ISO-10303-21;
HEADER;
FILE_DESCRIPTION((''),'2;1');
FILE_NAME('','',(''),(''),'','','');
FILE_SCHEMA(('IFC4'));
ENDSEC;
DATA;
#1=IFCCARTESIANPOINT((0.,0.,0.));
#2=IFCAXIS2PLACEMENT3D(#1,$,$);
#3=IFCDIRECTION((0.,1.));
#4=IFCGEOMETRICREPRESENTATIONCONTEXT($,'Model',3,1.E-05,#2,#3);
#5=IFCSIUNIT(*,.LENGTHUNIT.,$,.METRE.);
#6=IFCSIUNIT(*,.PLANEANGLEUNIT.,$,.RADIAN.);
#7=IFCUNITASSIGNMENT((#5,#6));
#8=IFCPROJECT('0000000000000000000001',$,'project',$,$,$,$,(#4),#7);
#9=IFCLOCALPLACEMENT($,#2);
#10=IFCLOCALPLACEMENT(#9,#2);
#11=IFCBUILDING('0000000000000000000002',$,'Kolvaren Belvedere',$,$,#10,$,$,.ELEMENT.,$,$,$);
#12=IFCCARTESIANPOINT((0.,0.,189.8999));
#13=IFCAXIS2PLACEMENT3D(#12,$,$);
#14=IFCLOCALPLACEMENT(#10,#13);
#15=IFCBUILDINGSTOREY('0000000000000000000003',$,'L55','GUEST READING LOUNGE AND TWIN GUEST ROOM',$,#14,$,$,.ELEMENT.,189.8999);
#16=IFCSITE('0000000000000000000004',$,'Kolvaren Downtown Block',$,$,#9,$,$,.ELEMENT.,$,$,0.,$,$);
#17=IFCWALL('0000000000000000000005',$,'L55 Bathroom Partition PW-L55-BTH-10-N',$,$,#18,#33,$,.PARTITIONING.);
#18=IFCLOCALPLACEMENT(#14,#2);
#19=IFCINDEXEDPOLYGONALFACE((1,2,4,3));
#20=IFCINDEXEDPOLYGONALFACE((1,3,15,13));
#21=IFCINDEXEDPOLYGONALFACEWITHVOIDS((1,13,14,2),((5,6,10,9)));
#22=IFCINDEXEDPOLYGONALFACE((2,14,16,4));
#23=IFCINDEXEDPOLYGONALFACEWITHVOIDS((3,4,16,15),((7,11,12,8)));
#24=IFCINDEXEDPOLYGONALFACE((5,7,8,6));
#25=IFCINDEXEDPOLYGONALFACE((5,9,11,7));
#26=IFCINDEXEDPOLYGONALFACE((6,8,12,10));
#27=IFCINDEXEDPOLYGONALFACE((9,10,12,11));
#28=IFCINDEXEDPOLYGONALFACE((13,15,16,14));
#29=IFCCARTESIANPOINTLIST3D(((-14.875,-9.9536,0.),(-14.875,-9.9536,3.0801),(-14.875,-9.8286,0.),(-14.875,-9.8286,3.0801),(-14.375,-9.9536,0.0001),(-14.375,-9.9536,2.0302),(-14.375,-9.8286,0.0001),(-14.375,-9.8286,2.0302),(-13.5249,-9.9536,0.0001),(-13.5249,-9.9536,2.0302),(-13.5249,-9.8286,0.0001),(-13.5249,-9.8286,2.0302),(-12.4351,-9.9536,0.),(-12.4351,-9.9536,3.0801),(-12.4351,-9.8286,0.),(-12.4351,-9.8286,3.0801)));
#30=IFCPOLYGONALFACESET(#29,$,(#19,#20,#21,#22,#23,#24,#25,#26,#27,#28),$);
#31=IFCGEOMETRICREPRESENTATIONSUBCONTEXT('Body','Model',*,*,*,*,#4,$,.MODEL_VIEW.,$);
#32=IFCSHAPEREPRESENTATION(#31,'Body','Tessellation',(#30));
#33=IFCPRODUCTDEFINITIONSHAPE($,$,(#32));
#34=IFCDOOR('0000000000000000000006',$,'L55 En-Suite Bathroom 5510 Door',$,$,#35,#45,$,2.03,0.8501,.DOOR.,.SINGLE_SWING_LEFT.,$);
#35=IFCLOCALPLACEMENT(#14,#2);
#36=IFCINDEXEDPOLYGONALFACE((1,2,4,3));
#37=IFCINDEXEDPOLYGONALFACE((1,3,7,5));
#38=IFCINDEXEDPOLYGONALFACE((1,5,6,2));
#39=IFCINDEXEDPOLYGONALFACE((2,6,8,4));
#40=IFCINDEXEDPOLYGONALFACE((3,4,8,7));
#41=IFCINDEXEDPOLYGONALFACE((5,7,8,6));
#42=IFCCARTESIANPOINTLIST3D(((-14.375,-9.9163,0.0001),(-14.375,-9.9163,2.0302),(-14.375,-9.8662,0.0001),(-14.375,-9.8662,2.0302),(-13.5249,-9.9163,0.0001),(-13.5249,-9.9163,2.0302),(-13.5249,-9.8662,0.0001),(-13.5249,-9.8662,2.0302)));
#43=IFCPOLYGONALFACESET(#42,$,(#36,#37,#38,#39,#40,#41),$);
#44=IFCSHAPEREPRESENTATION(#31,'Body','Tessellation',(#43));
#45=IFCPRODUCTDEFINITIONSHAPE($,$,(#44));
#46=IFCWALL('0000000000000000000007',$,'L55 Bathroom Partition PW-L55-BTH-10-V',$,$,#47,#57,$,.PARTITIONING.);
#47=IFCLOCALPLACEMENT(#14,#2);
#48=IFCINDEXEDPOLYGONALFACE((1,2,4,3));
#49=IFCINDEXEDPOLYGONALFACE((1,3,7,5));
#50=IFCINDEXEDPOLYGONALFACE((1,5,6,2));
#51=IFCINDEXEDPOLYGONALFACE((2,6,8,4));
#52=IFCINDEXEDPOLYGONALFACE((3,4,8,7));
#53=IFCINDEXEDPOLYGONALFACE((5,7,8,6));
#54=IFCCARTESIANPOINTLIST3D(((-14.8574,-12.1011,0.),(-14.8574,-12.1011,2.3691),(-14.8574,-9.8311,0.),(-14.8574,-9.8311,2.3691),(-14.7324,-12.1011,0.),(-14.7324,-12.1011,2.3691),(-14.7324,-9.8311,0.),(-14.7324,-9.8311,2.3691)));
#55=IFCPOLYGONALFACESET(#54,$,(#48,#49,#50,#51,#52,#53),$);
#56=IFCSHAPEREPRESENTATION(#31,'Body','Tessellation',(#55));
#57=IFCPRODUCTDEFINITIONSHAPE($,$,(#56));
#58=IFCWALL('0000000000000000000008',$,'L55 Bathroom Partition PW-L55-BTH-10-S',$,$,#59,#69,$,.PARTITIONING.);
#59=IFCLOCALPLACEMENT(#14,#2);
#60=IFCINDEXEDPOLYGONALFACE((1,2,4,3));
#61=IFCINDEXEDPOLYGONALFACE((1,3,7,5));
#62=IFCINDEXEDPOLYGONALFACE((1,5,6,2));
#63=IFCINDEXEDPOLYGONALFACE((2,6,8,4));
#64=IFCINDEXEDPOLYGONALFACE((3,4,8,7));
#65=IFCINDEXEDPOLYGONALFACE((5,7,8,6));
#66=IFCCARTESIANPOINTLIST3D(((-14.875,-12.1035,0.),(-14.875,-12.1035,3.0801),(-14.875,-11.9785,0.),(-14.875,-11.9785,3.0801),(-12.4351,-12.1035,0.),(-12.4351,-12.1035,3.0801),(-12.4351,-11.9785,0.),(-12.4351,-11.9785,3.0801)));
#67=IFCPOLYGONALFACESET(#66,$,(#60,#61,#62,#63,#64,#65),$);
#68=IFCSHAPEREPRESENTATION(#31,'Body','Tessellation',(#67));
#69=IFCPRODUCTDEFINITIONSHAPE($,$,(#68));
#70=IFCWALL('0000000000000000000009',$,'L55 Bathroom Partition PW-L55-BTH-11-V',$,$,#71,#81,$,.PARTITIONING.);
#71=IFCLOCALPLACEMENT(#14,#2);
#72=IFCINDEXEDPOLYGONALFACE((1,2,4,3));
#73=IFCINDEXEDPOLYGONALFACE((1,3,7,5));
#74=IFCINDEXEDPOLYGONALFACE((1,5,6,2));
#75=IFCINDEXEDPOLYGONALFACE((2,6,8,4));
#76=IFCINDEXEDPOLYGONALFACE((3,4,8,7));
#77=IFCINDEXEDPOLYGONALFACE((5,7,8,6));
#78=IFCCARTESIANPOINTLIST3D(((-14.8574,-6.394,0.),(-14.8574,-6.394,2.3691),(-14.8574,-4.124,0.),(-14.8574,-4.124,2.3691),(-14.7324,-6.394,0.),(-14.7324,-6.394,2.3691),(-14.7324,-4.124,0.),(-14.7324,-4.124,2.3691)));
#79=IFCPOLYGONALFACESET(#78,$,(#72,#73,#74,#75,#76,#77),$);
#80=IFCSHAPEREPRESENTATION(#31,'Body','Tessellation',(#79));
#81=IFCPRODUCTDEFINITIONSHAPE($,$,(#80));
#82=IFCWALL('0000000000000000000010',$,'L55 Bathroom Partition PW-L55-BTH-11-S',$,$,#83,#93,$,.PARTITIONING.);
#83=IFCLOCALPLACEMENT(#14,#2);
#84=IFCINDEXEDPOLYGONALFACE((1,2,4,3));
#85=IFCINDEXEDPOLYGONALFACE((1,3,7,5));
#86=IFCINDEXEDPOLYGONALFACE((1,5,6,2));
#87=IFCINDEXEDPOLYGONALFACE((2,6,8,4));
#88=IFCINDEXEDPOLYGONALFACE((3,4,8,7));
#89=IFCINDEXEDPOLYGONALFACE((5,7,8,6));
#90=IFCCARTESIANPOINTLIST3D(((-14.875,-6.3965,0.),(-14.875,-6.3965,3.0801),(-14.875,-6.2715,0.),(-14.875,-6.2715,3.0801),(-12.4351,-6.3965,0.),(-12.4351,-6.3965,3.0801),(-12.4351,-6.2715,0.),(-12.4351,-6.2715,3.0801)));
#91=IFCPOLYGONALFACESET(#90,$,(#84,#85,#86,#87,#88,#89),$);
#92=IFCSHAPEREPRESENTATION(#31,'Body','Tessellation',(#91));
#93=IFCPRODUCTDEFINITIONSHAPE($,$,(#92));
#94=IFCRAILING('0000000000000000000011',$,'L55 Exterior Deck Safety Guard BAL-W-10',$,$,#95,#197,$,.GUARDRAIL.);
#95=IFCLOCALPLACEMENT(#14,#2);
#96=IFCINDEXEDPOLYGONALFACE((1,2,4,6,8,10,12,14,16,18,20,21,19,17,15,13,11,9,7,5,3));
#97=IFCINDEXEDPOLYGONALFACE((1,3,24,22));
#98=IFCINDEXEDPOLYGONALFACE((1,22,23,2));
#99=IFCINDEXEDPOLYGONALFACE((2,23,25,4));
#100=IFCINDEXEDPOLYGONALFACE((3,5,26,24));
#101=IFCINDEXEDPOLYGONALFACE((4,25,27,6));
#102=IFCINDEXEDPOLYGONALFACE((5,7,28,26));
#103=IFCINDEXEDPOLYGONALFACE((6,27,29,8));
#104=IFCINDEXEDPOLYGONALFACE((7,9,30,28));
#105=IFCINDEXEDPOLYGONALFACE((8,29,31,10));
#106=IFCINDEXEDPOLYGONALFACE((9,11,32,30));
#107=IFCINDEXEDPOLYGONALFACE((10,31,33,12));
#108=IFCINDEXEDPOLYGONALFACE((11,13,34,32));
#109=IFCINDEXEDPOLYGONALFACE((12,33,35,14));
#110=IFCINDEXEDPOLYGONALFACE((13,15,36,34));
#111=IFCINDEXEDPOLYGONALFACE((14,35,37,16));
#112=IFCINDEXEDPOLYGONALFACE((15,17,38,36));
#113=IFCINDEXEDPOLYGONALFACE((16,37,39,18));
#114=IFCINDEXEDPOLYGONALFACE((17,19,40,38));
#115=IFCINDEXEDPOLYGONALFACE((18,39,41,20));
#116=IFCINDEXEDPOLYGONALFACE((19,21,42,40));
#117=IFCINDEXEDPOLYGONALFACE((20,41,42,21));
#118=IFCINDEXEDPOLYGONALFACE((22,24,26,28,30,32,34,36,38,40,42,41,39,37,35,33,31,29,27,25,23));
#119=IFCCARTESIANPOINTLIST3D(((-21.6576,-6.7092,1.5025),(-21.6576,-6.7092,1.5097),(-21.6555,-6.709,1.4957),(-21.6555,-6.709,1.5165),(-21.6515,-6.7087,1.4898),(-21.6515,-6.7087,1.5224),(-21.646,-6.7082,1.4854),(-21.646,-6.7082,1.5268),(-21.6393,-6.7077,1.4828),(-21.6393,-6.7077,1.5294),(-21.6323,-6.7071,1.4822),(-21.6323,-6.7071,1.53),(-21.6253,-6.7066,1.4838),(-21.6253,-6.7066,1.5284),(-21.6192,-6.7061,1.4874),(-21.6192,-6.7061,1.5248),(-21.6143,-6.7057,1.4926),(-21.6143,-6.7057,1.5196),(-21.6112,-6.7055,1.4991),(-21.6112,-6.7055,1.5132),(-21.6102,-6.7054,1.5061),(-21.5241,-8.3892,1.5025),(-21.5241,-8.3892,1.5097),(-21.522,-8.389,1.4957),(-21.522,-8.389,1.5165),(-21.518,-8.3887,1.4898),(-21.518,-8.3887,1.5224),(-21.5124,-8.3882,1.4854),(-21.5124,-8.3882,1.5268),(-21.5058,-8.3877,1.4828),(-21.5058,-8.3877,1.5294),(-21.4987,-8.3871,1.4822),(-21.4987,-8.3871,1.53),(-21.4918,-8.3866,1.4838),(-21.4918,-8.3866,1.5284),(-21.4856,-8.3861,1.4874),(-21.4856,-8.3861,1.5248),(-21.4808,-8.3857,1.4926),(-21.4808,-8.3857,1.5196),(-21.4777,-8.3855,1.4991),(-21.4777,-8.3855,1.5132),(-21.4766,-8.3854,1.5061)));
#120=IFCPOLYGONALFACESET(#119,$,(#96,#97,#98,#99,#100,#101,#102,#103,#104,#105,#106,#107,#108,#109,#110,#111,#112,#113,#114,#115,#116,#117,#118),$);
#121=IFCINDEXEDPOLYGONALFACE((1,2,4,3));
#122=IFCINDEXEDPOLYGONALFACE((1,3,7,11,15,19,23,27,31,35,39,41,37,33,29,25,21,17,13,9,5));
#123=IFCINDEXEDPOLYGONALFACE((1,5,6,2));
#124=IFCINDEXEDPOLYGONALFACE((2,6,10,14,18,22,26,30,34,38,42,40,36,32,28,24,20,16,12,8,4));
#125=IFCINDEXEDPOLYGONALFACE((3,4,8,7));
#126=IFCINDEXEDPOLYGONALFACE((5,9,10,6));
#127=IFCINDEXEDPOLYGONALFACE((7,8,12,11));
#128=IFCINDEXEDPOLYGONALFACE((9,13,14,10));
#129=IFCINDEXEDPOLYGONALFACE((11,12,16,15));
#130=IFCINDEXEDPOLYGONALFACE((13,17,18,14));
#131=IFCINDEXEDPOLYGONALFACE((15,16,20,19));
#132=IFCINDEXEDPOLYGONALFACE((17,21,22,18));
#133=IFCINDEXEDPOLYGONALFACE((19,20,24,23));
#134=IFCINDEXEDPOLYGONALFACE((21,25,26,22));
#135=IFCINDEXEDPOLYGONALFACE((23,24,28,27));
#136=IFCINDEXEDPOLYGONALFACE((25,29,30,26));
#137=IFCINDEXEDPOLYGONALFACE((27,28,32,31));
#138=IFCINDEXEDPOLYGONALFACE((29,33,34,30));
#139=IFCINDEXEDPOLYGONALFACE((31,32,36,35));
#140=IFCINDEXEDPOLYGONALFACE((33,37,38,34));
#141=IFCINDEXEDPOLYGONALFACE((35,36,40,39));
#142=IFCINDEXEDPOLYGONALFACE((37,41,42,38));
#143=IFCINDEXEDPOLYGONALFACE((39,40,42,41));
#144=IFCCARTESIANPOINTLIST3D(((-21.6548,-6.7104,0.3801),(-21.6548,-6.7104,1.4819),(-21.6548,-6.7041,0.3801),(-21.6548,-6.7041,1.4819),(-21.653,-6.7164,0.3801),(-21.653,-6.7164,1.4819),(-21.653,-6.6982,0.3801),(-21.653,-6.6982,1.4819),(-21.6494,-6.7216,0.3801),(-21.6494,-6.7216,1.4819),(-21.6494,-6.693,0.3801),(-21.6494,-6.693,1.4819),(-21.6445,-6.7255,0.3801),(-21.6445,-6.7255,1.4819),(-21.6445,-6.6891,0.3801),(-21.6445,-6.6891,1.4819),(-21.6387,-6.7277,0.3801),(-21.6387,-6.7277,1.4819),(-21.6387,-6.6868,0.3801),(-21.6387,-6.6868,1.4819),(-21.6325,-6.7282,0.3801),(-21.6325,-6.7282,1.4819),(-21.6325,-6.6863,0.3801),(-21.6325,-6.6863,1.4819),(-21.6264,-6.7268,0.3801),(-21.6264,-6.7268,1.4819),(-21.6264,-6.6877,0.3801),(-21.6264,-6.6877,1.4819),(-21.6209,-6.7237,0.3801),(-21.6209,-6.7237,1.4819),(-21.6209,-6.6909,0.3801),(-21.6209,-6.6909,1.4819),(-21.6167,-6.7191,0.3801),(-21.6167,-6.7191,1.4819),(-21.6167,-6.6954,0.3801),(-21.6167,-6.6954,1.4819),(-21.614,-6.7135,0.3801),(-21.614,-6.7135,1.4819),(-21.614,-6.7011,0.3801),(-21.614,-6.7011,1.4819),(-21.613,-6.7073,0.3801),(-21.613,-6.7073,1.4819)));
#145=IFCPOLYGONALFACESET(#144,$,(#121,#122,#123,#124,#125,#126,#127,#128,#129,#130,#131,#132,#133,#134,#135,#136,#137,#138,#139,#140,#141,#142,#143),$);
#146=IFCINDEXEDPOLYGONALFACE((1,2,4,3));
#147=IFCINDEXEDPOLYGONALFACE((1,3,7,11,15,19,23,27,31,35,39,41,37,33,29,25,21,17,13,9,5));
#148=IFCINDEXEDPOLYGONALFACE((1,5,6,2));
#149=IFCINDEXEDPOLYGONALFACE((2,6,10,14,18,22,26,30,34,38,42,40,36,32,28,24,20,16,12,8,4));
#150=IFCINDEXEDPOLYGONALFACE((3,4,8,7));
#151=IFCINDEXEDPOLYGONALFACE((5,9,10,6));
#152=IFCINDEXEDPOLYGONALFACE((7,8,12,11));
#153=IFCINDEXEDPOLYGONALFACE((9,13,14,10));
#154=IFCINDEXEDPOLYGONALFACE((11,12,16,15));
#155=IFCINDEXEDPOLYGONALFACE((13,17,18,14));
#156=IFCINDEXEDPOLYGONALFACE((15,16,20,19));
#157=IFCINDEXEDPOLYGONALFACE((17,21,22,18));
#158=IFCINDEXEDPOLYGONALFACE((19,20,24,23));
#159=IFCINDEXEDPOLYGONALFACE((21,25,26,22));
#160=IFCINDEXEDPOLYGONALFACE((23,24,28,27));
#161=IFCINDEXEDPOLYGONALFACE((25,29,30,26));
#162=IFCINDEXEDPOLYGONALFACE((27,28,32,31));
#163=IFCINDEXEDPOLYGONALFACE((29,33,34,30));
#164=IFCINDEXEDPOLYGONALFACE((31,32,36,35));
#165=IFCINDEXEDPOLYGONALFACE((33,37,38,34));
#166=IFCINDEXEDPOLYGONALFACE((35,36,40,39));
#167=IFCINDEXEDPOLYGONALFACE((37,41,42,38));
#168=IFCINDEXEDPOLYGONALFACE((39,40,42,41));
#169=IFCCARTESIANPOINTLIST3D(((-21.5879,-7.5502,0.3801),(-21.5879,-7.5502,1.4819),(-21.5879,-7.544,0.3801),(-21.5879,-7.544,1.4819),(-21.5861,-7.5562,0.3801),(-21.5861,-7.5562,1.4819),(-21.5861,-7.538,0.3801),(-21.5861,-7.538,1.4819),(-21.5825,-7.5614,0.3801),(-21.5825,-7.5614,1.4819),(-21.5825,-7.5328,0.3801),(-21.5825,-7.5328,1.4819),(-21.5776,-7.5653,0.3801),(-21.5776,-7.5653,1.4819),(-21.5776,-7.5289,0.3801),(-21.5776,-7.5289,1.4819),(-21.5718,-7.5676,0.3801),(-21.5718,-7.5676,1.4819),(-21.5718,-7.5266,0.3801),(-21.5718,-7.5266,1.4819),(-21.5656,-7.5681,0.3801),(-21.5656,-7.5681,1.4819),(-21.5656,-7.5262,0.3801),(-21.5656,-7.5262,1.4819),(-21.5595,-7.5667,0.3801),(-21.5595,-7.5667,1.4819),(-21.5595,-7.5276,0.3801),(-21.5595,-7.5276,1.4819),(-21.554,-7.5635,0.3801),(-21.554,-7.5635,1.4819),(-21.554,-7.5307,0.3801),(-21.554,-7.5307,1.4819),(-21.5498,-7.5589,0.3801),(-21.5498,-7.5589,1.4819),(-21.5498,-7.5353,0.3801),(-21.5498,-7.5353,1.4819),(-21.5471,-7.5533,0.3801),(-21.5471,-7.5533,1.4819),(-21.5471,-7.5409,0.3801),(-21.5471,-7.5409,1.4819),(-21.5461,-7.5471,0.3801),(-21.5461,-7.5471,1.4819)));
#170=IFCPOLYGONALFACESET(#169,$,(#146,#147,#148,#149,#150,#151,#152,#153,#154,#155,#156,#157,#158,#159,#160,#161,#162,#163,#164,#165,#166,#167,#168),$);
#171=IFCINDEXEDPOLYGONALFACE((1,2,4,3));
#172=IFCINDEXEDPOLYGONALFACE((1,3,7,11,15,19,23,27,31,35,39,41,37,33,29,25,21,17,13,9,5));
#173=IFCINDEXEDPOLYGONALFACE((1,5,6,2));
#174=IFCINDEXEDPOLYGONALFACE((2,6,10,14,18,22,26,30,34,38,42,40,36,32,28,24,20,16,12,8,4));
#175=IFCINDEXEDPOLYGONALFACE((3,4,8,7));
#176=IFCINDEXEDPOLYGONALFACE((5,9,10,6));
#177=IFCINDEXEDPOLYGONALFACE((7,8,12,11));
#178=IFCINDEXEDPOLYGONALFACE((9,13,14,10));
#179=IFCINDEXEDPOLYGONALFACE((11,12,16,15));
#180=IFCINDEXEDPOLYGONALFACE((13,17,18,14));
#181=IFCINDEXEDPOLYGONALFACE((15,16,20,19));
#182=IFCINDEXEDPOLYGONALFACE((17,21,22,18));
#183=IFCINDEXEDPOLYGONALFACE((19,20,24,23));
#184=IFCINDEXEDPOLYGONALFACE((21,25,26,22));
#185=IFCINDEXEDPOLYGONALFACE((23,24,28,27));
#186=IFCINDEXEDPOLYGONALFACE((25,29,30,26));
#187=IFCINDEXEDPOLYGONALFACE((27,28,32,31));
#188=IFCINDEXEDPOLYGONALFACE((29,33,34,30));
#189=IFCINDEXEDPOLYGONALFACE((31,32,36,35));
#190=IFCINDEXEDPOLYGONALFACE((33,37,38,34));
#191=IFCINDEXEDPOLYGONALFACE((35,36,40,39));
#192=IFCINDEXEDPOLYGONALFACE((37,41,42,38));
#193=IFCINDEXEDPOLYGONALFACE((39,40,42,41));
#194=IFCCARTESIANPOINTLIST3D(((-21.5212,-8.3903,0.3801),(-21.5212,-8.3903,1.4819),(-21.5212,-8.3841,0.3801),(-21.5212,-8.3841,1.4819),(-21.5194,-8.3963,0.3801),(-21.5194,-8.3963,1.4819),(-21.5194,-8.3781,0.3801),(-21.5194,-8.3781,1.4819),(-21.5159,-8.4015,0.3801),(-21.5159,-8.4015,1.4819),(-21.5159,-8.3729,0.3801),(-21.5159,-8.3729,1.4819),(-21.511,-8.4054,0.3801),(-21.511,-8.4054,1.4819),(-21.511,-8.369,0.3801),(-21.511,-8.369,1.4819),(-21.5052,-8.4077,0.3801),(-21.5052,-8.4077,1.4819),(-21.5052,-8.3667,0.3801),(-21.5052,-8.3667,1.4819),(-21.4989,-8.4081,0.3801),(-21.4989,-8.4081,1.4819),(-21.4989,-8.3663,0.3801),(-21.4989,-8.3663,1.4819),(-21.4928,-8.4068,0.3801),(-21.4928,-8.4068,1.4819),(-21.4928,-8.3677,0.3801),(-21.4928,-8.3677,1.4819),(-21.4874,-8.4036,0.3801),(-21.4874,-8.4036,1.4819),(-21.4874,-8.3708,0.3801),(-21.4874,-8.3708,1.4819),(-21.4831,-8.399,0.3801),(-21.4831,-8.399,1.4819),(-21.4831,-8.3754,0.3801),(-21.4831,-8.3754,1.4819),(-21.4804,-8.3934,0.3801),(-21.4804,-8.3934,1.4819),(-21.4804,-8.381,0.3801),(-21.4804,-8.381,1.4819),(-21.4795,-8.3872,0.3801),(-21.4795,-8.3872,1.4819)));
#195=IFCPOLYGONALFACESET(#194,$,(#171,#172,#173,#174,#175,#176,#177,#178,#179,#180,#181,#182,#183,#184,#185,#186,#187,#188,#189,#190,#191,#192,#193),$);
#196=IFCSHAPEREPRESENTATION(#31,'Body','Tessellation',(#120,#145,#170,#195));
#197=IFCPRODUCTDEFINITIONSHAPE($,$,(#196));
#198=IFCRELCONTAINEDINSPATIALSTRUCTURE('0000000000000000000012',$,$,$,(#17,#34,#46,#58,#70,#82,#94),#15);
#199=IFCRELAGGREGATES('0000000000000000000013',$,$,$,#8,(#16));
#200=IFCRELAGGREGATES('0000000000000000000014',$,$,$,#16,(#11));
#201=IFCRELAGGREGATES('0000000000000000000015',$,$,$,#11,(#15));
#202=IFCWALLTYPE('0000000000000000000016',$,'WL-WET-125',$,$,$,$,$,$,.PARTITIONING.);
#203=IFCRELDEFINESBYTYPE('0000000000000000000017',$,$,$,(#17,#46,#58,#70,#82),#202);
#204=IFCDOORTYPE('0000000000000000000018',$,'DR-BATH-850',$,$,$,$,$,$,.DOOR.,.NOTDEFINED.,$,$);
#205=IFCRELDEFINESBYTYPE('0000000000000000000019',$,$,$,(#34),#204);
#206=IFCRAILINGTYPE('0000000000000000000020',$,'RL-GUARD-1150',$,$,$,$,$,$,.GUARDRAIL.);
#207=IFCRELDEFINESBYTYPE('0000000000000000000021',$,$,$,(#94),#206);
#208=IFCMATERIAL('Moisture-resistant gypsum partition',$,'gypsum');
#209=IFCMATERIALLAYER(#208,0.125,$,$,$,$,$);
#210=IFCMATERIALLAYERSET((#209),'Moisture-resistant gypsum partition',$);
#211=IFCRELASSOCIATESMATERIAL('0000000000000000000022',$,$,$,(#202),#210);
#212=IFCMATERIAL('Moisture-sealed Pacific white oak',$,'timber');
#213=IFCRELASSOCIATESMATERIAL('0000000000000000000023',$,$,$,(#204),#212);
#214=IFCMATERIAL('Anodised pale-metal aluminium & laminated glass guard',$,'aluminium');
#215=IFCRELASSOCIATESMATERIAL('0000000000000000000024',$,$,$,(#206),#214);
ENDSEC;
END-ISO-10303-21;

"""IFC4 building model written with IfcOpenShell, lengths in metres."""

from ifc_helpers import new_model, si_unit, direction, frame, frame_2d, origin, origin_2d, place, context, subcontext, project, spatial, rectangle, circle, extrude, material, layer, layer_set, type_object, element, fill, save


model = new_model("IFC4")

# Units and contexts
model_context = context("Model", 3, precision=1e-05, world=origin(), true_north=direction((0.0, 1.0)))
body_context = subcontext(model_context, "Body", "Model", "MODEL_VIEW")
ifc_project = project(units=[si_unit("LENGTHUNIT", "METRE"), si_unit("PLANEANGLEUNIT", "RADIAN")], contexts=[model_context])

# Site, building, storey
site_placement = place(None, origin())
site = spatial("IfcSite", under=ifc_project, at=site_placement, Name="Kolvaren Downtown Block", CompositionType="ELEMENT", RefElevation=0.0)
building_placement = place(site_placement, origin())
building = spatial("IfcBuilding", under=site, at=building_placement, Name="Kolvaren Belvedere", CompositionType="ELEMENT")
storey_placement = place(building_placement, frame((0.0, 0.0, 189.8999)))
storey = spatial("IfcBuildingStorey", under=building, at=storey_placement, Name="L55", Description="GUEST READING LOUNGE AND TWIN GUEST ROOM", CompositionType="ELEMENT", Elevation=189.8999)

# Wall, opening, door
ifc_material_1 = material(Name="Moisture-resistant gypsum partition", Category="gypsum")
ifc_layer_1 = layer(ifc_material_1, 0.125)
ifc_layer_set_1 = layer_set([ifc_layer_1], Name="Moisture-resistant gypsum partition")
wall_type_1 = type_object("IfcWallType", Name="WL-WET-125", PredefinedType="PARTITIONING", material=ifc_layer_set_1)
wall_1_placement = place(storey_placement, frame((-14.875, -9.8911, 0.0), z_axis=(0.0, 0.0, 1.0), x_axis=(1.0, 0.0, 0.0)))
wall_1 = element("IfcWall", 1, at=wall_1_placement, inside=storey, type_object=wall_type_1, Name="L55 Bathroom Partition PW-L55-BTH-10-N", PredefinedType="PARTITIONING", context=body_context, shape_type="SweptSolid", body=[
    extrude(rectangle(XDim=2.4399, YDim=0.125, at=frame_2d((1.22, 0.0))), origin(), (0.0, 0.0, 1.0), 3.0801),
])
opening_1_placement = place(wall_1_placement, frame((0.5, 0.0, 0.0)))
opening_1 = element("IfcOpeningElement", 2, at=opening_1_placement, cuts=wall_1, PredefinedType="OPENING", context=body_context, shape_type="SweptSolid", body=[
    extrude(rectangle(XDim=0.8501, YDim=2.03, at=frame_2d((0.425, 1.0151))), frame((0.0, 0.0725, 0.0), z_axis=(0.0, -1.0, 0.0), x_axis=(1.0, 0.0, 0.0)), (0.0, 0.0, 1.0), 0.145),
])
ifc_material_2 = material(Name="Moisture-sealed Pacific white oak", Category="timber")
door_type = type_object("IfcDoorType", Name="DR-BATH-850", OperationType="NOTDEFINED", PredefinedType="DOOR", material=ifc_material_2)
door_placement = place(opening_1_placement, origin())
door = element("IfcDoor", 3, at=door_placement, inside=storey, type_object=door_type, Name="L55 En-Suite Bathroom 5510 Door", OperationType="SINGLE_SWING_LEFT", OverallHeight=2.03, OverallWidth=0.8501, PredefinedType="DOOR", context=body_context, shape_type="SweptSolid", body=[
    extrude(rectangle(XDim=0.8501, YDim=2.03, at=frame_2d((0.425, 1.0151))), frame((0.0, 0.0249, 0.0), z_axis=(0.0, -1.0, 0.0), x_axis=(1.0, 0.0, 0.0)), (0.0, 0.0, 1.0), 0.05),
])
fill(opening_1, door)

# Walls
wall_2_placement = place(storey_placement, frame((-14.7949, -12.1011, 0.0), z_axis=(0.0, 0.0, 1.0), x_axis=(0.0, 1.0, 0.0)))
element("IfcWall", 4, at=wall_2_placement, inside=storey, type_object=wall_type_1, Name="L55 Bathroom Partition PW-L55-BTH-10-V", PredefinedType="PARTITIONING", context=body_context, shape_type="SweptSolid", body=[
    extrude(rectangle(XDim=2.27, YDim=0.125, at=frame_2d((1.135, 0.0))), origin(), (0.0, 0.0, 1.0), 2.3691),
])
wall_3_placement = place(storey_placement, frame((-14.875, -12.041, 0.0), z_axis=(0.0, 0.0, 1.0), x_axis=(1.0, 0.0, 0.0)))
element("IfcWall", 5, at=wall_3_placement, inside=storey, type_object=wall_type_1, Name="L55 Bathroom Partition PW-L55-BTH-10-S", PredefinedType="PARTITIONING", context=body_context, shape_type="SweptSolid", body=[
    extrude(rectangle(XDim=2.4399, YDim=0.125, at=frame_2d((1.22, 0.0))), origin(), (0.0, 0.0, 1.0), 3.0801),
])
wall_4_placement = place(storey_placement, frame((-14.7949, -6.394, 0.0), z_axis=(0.0, 0.0, 1.0), x_axis=(0.0, 1.0, 0.0)))
element("IfcWall", 6, at=wall_4_placement, inside=storey, type_object=wall_type_1, Name="L55 Bathroom Partition PW-L55-BTH-11-V", PredefinedType="PARTITIONING", context=body_context, shape_type="SweptSolid", body=[
    extrude(rectangle(XDim=2.27, YDim=0.125, at=frame_2d((1.135, 0.0))), origin(), (0.0, 0.0, 1.0), 2.3691),
])
wall_5_placement = place(storey_placement, frame((-14.875, -6.334, 0.0), z_axis=(0.0, 0.0, 1.0), x_axis=(1.0, 0.0, 0.0)))
element("IfcWall", 7, at=wall_5_placement, inside=storey, type_object=wall_type_1, Name="L55 Bathroom Partition PW-L55-BTH-11-S", PredefinedType="PARTITIONING", context=body_context, shape_type="SweptSolid", body=[
    extrude(rectangle(XDim=2.4399, YDim=0.125, at=frame_2d((1.22, 0.0))), origin(), (0.0, 0.0, 1.0), 3.0801),
])

# Railing
ifc_material_3 = material(Name="Anodised pale-metal aluminium & laminated glass guard", Category="aluminium")
railing_type = type_object("IfcRailingType", Name="RL-GUARD-1150", PredefinedType="GUARDRAIL", material=ifc_material_3)
railing_1_placement = place(storey_placement, frame((-21.634, -6.7073, 0.3801)))
element("IfcRailing", 8, at=railing_1_placement, inside=storey, type_object=railing_type, Name="L55 Exterior Deck Safety Guard BAL-W-10", PredefinedType="GUARDRAIL", context=body_context, shape_type="SweptSolid", body=[
    extrude(circle(Radius=0.0239, at=origin_2d()), frame((0.0, 0.0, 1.126), z_axis=(0.079244, -0.996855, 0.0), x_axis=(0.996855, 0.079244, 0.0)), (0.0, 0.0, 1.0), 1.6853),
    extrude(circle(Radius=0.021, at=origin_2d()), origin(), (0.0, 0.0, 1.0), 1.1018),
    extrude(circle(Radius=0.021, at=origin_2d()), frame((0.0669, -0.8398, 0.0)), (0.0, 0.0, 1.0), 1.1018),
    extrude(circle(Radius=0.021, at=origin_2d()), frame((0.1335, -1.6799, 0.0)), (0.0, 0.0, 1.0), 1.1018),
])

save(model, "model.ifc")
